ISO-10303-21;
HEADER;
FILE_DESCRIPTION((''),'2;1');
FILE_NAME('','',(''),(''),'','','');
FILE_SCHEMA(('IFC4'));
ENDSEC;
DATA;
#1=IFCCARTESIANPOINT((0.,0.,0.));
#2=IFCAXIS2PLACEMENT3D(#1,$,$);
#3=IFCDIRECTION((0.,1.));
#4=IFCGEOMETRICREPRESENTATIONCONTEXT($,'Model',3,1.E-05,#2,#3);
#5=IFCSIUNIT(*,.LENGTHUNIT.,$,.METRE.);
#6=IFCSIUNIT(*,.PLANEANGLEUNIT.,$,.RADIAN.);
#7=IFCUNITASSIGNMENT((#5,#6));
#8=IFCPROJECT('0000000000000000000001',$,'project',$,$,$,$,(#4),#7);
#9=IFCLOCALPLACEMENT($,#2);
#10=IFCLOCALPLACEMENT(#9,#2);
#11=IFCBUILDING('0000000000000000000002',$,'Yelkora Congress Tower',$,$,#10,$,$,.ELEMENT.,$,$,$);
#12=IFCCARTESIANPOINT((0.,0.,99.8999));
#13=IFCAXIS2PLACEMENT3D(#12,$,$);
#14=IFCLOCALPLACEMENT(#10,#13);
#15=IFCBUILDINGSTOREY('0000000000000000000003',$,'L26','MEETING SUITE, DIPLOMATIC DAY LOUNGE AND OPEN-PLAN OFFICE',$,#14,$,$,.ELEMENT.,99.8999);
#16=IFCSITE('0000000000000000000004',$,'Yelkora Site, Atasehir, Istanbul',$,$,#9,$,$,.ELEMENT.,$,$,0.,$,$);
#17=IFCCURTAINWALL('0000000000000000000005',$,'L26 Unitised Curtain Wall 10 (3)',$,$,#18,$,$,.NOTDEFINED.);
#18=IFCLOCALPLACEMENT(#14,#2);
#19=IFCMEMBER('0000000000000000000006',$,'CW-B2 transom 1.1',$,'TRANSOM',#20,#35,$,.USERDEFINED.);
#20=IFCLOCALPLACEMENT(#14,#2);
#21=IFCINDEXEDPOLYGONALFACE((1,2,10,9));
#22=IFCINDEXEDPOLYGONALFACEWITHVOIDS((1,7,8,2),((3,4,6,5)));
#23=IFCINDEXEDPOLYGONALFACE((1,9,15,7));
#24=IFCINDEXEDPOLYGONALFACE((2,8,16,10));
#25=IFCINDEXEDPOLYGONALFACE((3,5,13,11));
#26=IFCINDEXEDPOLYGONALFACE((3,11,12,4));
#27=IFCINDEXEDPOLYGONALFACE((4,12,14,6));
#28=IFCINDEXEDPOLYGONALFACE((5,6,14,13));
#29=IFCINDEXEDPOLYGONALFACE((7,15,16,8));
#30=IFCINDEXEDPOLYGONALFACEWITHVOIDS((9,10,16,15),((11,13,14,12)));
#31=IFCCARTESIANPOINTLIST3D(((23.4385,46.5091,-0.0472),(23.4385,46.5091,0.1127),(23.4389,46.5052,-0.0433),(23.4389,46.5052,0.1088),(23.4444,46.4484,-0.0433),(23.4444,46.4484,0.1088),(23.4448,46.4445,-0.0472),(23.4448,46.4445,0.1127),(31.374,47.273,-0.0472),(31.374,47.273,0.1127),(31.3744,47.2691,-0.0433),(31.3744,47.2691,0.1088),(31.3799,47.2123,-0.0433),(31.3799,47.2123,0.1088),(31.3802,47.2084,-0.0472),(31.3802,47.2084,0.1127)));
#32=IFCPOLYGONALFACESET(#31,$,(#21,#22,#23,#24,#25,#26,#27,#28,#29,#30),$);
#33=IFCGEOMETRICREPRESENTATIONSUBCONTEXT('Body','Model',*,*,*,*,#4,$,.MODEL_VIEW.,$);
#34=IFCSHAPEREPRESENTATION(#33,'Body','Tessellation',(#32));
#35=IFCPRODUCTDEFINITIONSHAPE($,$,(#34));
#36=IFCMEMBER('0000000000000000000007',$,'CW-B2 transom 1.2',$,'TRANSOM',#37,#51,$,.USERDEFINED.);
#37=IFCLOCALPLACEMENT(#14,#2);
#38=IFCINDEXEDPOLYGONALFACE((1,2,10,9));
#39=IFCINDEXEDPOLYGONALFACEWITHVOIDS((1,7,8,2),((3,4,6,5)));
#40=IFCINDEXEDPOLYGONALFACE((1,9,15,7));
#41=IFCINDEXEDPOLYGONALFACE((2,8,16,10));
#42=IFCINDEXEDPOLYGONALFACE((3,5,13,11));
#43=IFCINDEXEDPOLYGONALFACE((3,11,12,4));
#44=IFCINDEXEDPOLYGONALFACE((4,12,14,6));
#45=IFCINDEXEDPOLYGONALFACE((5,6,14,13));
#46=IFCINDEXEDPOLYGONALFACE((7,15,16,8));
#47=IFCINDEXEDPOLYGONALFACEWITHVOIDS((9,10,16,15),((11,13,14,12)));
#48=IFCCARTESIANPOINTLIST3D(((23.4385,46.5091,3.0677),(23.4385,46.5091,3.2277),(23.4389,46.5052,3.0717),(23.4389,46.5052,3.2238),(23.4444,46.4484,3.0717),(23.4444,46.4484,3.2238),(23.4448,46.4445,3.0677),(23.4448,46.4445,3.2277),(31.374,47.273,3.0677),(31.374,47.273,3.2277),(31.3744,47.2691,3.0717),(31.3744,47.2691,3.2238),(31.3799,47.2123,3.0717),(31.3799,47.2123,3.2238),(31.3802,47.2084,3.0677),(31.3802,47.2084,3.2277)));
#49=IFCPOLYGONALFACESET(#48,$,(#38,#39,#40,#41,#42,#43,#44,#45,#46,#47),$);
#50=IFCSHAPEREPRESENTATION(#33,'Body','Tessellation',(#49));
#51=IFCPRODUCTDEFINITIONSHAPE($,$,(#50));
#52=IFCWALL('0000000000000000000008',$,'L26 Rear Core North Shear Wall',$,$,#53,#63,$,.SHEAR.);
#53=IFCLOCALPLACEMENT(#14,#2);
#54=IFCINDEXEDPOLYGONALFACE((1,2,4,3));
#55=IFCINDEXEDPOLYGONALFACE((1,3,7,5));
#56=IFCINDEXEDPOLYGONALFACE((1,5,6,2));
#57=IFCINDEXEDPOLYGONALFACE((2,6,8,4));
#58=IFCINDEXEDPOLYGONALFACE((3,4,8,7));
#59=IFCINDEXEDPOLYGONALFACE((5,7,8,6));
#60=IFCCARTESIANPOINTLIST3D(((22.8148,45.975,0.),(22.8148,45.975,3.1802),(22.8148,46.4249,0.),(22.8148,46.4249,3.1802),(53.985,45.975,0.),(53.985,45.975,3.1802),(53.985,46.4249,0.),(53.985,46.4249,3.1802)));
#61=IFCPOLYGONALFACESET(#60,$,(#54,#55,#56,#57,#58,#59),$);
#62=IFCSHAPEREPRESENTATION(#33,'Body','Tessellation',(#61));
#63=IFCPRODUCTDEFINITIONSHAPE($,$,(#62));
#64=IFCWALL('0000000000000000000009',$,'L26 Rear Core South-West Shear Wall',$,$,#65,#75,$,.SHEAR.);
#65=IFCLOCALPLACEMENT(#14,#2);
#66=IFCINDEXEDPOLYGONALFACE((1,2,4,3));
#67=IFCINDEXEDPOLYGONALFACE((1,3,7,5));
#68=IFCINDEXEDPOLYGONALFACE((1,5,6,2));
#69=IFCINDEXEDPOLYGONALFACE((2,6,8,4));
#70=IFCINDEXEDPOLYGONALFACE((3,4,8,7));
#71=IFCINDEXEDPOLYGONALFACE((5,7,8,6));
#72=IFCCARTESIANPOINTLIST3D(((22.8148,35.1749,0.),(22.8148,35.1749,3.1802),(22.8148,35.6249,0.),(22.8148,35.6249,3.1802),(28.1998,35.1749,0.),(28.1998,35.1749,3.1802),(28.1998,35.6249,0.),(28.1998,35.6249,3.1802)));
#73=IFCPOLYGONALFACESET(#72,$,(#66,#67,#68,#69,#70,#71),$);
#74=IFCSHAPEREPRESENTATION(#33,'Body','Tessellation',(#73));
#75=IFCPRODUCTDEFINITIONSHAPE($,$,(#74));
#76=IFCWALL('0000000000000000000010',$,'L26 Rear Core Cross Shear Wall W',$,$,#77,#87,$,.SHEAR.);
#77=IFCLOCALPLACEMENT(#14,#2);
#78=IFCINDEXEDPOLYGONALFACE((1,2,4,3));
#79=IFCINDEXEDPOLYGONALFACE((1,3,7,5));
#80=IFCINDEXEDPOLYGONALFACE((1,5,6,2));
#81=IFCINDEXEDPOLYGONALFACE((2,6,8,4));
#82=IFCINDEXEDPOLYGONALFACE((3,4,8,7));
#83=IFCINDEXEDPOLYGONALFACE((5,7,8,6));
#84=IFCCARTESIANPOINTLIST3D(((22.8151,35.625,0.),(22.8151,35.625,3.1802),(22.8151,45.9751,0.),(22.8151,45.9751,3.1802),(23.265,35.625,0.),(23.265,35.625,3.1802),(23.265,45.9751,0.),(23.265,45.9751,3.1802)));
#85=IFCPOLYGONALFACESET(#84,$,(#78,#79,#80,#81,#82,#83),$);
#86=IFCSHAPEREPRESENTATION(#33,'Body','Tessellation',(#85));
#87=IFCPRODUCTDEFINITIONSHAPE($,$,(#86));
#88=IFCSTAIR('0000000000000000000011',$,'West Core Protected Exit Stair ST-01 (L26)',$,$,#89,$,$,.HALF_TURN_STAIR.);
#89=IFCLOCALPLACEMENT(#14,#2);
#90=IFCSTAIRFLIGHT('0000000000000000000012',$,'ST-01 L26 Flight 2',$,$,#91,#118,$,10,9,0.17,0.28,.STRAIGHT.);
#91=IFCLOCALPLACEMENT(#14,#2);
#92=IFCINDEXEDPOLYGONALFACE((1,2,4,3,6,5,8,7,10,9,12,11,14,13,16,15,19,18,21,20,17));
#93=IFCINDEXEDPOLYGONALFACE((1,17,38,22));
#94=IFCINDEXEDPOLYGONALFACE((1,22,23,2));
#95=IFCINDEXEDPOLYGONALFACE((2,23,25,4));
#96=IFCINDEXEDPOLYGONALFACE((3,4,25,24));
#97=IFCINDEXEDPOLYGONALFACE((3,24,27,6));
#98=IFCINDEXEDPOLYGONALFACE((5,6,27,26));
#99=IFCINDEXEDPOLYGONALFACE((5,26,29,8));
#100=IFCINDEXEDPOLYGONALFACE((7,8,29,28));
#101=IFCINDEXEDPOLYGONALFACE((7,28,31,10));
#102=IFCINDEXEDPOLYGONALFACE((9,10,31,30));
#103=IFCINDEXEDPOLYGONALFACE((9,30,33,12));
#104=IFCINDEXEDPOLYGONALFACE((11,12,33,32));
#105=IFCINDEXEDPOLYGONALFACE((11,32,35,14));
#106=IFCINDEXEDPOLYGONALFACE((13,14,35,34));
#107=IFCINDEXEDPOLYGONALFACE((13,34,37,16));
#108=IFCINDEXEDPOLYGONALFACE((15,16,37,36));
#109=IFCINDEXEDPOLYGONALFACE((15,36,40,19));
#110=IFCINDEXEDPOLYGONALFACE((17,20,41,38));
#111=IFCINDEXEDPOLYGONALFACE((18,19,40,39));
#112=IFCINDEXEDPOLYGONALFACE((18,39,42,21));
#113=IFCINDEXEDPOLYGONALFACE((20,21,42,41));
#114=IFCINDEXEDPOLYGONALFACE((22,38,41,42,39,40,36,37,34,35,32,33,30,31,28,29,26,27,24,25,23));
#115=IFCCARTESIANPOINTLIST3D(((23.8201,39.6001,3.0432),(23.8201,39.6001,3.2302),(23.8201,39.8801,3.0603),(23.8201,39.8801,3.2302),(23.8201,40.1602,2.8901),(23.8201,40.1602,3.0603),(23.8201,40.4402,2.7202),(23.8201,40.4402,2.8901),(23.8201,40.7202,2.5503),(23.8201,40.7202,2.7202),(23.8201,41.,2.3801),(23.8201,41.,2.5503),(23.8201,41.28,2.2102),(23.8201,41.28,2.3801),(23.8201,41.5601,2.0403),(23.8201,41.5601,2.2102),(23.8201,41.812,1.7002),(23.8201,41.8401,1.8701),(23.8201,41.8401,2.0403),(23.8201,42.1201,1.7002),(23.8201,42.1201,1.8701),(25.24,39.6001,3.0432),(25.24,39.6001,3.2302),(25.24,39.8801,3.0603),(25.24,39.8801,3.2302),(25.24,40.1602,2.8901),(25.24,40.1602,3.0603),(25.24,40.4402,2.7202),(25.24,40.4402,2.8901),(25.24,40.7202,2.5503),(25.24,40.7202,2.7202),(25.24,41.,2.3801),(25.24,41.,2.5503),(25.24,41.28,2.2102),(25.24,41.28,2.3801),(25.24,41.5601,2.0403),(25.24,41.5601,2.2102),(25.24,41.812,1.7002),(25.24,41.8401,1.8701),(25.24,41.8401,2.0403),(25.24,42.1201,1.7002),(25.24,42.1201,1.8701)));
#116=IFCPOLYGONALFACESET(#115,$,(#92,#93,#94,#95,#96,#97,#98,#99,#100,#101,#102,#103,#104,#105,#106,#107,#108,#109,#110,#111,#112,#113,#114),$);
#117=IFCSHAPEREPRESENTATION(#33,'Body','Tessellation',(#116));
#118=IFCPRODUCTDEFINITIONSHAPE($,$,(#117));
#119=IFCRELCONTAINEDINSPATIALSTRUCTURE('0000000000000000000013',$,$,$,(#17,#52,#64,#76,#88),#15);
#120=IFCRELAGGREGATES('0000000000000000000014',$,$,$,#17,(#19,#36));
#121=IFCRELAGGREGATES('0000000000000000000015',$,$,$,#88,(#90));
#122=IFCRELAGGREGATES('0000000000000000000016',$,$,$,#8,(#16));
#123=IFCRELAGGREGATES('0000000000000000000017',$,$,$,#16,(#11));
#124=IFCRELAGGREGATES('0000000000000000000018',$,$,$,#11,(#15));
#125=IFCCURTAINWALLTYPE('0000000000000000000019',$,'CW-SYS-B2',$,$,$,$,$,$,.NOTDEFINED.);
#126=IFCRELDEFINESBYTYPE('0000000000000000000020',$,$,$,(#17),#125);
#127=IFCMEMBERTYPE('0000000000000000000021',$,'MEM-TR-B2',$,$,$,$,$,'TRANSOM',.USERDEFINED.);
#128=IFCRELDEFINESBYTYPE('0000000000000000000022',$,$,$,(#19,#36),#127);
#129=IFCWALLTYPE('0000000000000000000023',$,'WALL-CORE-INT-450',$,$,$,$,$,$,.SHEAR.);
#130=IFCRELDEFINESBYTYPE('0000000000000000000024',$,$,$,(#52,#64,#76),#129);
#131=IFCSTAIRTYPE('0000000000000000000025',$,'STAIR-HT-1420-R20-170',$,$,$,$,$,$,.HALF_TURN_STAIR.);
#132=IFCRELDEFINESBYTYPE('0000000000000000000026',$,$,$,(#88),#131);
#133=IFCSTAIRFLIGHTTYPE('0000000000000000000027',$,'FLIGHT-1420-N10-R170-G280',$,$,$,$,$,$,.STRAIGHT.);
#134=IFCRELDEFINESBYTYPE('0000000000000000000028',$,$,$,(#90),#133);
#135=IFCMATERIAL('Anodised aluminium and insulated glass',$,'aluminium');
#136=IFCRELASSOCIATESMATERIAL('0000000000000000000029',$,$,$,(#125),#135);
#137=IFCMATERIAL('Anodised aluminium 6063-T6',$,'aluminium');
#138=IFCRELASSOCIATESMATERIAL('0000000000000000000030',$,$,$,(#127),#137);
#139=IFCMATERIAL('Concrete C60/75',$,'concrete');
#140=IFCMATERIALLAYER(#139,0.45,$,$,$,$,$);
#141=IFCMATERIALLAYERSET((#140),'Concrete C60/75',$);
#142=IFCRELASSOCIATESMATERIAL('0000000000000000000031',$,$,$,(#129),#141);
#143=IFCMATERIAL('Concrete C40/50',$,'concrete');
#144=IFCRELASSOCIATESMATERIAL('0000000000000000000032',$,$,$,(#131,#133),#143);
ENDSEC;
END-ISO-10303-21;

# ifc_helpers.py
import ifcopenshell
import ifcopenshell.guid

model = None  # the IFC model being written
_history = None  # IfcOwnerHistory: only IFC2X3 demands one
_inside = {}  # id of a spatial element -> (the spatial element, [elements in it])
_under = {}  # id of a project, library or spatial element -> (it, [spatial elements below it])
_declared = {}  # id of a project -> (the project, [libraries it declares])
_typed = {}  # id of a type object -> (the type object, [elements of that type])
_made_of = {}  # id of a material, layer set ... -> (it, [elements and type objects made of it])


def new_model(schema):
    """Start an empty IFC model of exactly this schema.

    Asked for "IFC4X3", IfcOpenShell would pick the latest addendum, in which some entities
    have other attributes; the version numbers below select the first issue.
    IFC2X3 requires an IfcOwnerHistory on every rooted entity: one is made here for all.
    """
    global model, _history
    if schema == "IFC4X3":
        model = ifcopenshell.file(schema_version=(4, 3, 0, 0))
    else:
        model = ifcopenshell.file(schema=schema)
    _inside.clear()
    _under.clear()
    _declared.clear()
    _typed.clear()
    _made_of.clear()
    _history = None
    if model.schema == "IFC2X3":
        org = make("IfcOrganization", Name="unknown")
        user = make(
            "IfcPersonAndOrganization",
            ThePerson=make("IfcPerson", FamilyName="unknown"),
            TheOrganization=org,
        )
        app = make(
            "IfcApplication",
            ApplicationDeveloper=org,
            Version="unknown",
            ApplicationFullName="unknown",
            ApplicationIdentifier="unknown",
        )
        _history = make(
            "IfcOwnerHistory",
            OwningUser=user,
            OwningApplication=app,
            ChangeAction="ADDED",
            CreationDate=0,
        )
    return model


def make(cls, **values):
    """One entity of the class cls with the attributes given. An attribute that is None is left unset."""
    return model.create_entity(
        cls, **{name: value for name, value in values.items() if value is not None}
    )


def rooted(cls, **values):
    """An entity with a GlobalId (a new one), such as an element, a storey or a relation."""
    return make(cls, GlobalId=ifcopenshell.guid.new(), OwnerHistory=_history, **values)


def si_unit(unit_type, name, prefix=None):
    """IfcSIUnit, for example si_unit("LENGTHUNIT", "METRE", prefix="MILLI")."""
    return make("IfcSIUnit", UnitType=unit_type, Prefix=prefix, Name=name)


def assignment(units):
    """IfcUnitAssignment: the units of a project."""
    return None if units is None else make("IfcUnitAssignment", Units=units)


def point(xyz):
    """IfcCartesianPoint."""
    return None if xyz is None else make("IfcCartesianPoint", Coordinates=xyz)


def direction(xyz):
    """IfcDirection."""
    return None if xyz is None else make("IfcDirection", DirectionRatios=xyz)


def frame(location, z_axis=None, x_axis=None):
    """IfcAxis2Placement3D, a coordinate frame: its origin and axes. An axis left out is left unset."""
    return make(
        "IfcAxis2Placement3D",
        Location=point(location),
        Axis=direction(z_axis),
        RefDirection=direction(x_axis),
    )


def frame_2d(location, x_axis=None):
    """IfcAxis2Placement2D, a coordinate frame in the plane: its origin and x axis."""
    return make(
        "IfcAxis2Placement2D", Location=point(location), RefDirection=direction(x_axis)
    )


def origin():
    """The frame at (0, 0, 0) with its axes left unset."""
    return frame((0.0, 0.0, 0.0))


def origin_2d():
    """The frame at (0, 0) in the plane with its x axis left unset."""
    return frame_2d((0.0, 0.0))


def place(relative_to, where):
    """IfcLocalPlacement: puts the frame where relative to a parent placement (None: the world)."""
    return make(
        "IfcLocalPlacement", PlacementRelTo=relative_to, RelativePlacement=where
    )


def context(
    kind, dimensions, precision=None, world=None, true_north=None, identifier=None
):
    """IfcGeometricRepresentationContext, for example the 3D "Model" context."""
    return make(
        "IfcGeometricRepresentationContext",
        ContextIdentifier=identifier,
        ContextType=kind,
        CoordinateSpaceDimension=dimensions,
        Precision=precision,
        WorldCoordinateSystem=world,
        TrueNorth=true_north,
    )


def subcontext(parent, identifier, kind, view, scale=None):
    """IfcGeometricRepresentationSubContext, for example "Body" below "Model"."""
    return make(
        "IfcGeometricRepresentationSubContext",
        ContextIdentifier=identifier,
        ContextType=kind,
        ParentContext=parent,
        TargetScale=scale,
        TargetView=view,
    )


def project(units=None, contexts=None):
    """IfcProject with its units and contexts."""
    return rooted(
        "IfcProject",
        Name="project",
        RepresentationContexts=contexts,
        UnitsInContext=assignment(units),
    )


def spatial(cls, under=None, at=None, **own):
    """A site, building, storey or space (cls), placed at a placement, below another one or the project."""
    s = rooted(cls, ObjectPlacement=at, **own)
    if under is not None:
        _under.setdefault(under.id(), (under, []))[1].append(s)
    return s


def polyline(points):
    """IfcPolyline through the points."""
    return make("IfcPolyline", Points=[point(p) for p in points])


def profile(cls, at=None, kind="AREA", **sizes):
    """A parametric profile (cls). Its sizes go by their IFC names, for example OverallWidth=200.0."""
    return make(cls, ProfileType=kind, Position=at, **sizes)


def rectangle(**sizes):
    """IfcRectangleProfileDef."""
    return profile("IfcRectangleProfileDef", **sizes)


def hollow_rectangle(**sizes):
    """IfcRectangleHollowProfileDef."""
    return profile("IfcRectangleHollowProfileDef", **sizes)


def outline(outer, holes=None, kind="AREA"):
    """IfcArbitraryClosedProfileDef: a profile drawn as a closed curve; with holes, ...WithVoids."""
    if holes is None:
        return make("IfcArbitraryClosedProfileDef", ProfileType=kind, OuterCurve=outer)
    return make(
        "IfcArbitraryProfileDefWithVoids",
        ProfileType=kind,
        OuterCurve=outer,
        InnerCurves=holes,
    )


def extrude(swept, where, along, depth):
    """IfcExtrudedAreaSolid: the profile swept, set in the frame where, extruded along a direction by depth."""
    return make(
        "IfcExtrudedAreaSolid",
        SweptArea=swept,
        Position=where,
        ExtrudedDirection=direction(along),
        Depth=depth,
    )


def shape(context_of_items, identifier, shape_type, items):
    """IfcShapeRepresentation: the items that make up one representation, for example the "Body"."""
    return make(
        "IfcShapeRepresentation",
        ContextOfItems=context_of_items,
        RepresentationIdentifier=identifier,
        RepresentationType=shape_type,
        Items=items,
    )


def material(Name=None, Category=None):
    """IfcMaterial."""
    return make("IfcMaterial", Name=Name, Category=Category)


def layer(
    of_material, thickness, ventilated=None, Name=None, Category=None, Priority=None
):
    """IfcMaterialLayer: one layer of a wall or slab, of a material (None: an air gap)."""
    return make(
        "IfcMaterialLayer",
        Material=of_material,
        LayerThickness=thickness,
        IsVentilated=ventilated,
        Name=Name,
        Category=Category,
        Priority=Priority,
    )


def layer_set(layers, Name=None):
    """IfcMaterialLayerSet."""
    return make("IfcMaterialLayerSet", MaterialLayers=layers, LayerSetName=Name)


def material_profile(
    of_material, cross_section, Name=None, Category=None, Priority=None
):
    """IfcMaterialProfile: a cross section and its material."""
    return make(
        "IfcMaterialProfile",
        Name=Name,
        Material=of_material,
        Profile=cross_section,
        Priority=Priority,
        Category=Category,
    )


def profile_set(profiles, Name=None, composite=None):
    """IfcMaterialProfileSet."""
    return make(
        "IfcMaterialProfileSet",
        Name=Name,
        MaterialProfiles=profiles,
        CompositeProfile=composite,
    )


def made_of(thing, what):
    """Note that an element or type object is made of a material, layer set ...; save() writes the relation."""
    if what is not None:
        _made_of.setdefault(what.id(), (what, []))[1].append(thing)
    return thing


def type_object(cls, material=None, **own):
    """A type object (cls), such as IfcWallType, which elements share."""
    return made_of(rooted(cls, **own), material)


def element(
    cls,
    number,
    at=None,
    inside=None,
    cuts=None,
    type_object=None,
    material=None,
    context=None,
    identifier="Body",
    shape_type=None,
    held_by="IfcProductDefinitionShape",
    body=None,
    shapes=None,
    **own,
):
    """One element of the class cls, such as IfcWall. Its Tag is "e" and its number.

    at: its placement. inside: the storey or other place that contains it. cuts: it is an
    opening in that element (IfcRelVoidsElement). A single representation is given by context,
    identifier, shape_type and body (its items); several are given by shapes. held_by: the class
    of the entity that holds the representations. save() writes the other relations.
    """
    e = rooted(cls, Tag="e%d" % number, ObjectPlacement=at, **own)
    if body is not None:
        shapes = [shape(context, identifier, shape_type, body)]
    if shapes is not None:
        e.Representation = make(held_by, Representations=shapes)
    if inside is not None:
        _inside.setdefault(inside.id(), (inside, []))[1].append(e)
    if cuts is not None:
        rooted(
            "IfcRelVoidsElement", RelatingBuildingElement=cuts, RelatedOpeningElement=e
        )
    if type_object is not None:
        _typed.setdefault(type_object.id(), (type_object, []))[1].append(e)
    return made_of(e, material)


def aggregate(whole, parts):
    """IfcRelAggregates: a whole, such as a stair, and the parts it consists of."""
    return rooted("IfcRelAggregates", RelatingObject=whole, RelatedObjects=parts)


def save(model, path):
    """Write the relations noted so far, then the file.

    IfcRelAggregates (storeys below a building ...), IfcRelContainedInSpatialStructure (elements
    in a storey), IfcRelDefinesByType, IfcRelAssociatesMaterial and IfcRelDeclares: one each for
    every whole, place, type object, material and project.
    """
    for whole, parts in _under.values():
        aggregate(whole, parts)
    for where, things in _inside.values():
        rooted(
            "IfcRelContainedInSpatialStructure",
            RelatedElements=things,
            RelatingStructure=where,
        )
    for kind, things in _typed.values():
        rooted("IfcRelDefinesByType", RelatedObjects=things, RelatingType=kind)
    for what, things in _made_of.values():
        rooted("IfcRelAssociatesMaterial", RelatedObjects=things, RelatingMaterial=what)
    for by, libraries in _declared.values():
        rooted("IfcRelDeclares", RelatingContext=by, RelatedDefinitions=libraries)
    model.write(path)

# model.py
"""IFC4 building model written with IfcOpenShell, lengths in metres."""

from ifc_helpers import new_model, si_unit, direction, frame, frame_2d, origin, origin_2d, place, context, subcontext, project, spatial, polyline, rectangle, hollow_rectangle, outline, extrude, material, layer, layer_set, material_profile, profile_set, type_object, element, aggregate, save


model = new_model("IFC4")

# Units and contexts
model_context = context("Model", 3, precision=1e-05, world=origin(), true_north=direction((0.0, 1.0)))
body_context = subcontext(model_context, "Body", "Model", "MODEL_VIEW")
ifc_project = project(units=[si_unit("LENGTHUNIT", "METRE"), si_unit("PLANEANGLEUNIT", "RADIAN")], contexts=[model_context])

# Site, building, storey
site_placement = place(None, origin())
site = spatial("IfcSite", under=ifc_project, at=site_placement, Name="Yelkora Site, Atasehir, Istanbul", CompositionType="ELEMENT", RefElevation=0.0)
building_placement = place(site_placement, origin())
building = spatial("IfcBuilding", under=site, at=building_placement, Name="Yelkora Congress Tower", CompositionType="ELEMENT")
storey_placement = place(building_placement, frame((0.0, 0.0, 99.8999)))
storey = spatial("IfcBuildingStorey", under=building, at=storey_placement, Name="L26", Description="MEETING SUITE, DIPLOMATIC DAY LOUNGE AND OPEN-PLAN OFFICE", CompositionType="ELEMENT", Elevation=99.8999)

# Shared definitions
ifc_material_1 = material(Name="Anodised aluminium and insulated glass", Category="aluminium")
curtain_wall_type = type_object("IfcCurtainWallType", Name="CW-SYS-B2", PredefinedType="NOTDEFINED", material=ifc_material_1)
ifc_material_2 = material(Name="Anodised aluminium 6063-T6", Category="aluminium")

# Curtain wall, members
curtain_wall_1_placement = place(storey_placement, origin())
curtain_wall_1 = element("IfcCurtainWall", 1, at=curtain_wall_1_placement, inside=storey, type_object=curtain_wall_type, Name="L26 Unitised Curtain Wall 10 (3)", PredefinedType="NOTDEFINED")
ifc_material_profile_1 = material_profile(ifc_material_2, hollow_rectangle(XDim=0.0649, YDim=0.1599, WallThickness=0.0039, at=origin_2d()), Name="ALU 65x160x4")
ifc_profile_set_1 = profile_set([ifc_material_profile_1], Name="Anodised aluminium 6063-T6")
member_type_1 = type_object("IfcMemberType", Name="MEM-TR-B2", ElementType="TRANSOM", PredefinedType="USERDEFINED", material=ifc_profile_set_1)
member_1_placement = place(storey_placement, frame((23.4417, 46.4768, 0.0327), z_axis=(0.995398, 0.095822, 0.0), x_axis=(-0.095822, 0.995398, 0.0)))
member_1 = element("IfcMember", 2, at=member_1_placement, type_object=member_type_1, Name="CW-B2 transom 1.1", ObjectType="TRANSOM", PredefinedType="USERDEFINED", context=body_context, shape_type="SweptSolid", body=[
    extrude(hollow_rectangle(XDim=0.0649, YDim=0.1599, WallThickness=0.0039, at=origin_2d()), origin(), (0.0, 0.0, 1.0), 7.9722),
])
member_2_placement = place(storey_placement, frame((23.4417, 46.4768, 3.1477), z_axis=(0.995398, 0.095822, 0.0), x_axis=(-0.095822, 0.995398, 0.0)))
member_2 = element("IfcMember", 3, at=member_2_placement, type_object=member_type_1, Name="CW-B2 transom 1.2", ObjectType="TRANSOM", PredefinedType="USERDEFINED", context=body_context, shape_type="SweptSolid", body=[
    extrude(hollow_rectangle(XDim=0.0649, YDim=0.1599, WallThickness=0.0039, at=origin_2d()), origin(), (0.0, 0.0, 1.0), 7.9722),
])
aggregate(curtain_wall_1, [member_1, member_2])

# Walls
ifc_material_3 = material(Name="Concrete C60/75", Category="concrete")
ifc_layer_1 = layer(ifc_material_3, 0.45)
ifc_layer_set_1 = layer_set([ifc_layer_1], Name="Concrete C60/75")
wall_type_1 = type_object("IfcWallType", Name="WALL-CORE-INT-450", PredefinedType="SHEAR", material=ifc_layer_set_1)
wall_1_placement = place(storey_placement, frame((22.8149, 46.2, 0.0), z_axis=(0.0, 0.0, 1.0), x_axis=(1.0, 0.0, 0.0)))
element("IfcWall", 4, at=wall_1_placement, inside=storey, type_object=wall_type_1, Name="L26 Rear Core North Shear Wall", PredefinedType="SHEAR", context=body_context, shape_type="SweptSolid", body=[
    extrude(rectangle(XDim=31.1702, YDim=0.45, at=frame_2d((15.585, 0.0))), origin(), (0.0, 0.0, 1.0), 3.1802),
])
wall_2_placement = place(storey_placement, frame((22.8149, 35.3999, 0.0), z_axis=(0.0, 0.0, 1.0), x_axis=(1.0, 0.0, 0.0)))
element("IfcWall", 5, at=wall_2_placement, inside=storey, type_object=wall_type_1, Name="L26 Rear Core South-West Shear Wall", PredefinedType="SHEAR", context=body_context, shape_type="SweptSolid", body=[
    extrude(rectangle(XDim=5.385, YDim=0.45, at=frame_2d((2.6924, 0.0))), origin(), (0.0, 0.0, 1.0), 3.1802),
])
wall_3_placement = place(storey_placement, frame((23.04, 35.625, 0.0), z_axis=(0.0, 0.0, 1.0), x_axis=(0.0, 1.0, 0.0)))
element("IfcWall", 6, at=wall_3_placement, inside=storey, type_object=wall_type_1, Name="L26 Rear Core Cross Shear Wall W", PredefinedType="SHEAR", context=body_context, shape_type="SweptSolid", body=[
    extrude(rectangle(XDim=10.3501, YDim=0.45, at=frame_2d((5.175, 0.0))), origin(), (0.0, 0.0, 1.0), 3.1802),
])

# Stair, stair flight
ifc_material_4 = material(Name="Concrete C40/50", Category="concrete")
stair_type = type_object("IfcStairType", Name="STAIR-HT-1420-R20-170", PredefinedType="HALF_TURN_STAIR", material=ifc_material_4)
stair_placement = place(storey_placement, origin())
stair = element("IfcStair", 7, at=stair_placement, inside=storey, type_object=stair_type, Name="West Core Protected Exit Stair ST-01 (L26)", PredefinedType="HALF_TURN_STAIR")
stair_flight_type = type_object("IfcStairFlightType", Name="FLIGHT-1420-N10-R170-G280", PredefinedType="STRAIGHT", material=ifc_material_4)
stair_flight_placement = place(storey_placement, frame((24.53, 42.1201, 1.7002), z_axis=(0.0, 0.0, 1.0), x_axis=(0.0, -1.0, 0.0)))
stair_flight = element("IfcStairFlight", 8, at=stair_flight_placement, type_object=stair_flight_type, Name="ST-01 L26 Flight 2", NumberOfRisers=10, NumberOfTreads=9, PredefinedType="STRAIGHT", RiserHeight=0.17, TreadLength=0.28, context=body_context, shape_type="SweptSolid", body=[
    extrude(outline(polyline([(0.0, 0.0), (0.0, 0.1699), (0.28, 0.1699), (0.28, 0.3401), (0.5601, 0.3401), (0.5601, 0.51), (0.8401, 0.51), (0.8401, 0.6799), (1.1201, 0.6799), (1.1201, 0.8501), (1.3999, 0.8501), (1.3999, 1.02), (1.6799, 1.02), (1.6799, 1.1899), (1.96, 1.1899), (1.96, 1.3601), (2.24, 1.3601), (2.24, 1.53), (2.52, 1.53), (2.52, 1.7), (2.52, 1.343), (0.3081, 0.0), (0.0, 0.0)])), frame((0.0, 0.71, 0.0), z_axis=(0.0, -1.0, 0.0), x_axis=(1.0, 0.0, 0.0)), (0.0, 0.0, 1.0), 1.4199),
])
aggregate(stair, [stair_flight])

save(model, "model.ifc")
